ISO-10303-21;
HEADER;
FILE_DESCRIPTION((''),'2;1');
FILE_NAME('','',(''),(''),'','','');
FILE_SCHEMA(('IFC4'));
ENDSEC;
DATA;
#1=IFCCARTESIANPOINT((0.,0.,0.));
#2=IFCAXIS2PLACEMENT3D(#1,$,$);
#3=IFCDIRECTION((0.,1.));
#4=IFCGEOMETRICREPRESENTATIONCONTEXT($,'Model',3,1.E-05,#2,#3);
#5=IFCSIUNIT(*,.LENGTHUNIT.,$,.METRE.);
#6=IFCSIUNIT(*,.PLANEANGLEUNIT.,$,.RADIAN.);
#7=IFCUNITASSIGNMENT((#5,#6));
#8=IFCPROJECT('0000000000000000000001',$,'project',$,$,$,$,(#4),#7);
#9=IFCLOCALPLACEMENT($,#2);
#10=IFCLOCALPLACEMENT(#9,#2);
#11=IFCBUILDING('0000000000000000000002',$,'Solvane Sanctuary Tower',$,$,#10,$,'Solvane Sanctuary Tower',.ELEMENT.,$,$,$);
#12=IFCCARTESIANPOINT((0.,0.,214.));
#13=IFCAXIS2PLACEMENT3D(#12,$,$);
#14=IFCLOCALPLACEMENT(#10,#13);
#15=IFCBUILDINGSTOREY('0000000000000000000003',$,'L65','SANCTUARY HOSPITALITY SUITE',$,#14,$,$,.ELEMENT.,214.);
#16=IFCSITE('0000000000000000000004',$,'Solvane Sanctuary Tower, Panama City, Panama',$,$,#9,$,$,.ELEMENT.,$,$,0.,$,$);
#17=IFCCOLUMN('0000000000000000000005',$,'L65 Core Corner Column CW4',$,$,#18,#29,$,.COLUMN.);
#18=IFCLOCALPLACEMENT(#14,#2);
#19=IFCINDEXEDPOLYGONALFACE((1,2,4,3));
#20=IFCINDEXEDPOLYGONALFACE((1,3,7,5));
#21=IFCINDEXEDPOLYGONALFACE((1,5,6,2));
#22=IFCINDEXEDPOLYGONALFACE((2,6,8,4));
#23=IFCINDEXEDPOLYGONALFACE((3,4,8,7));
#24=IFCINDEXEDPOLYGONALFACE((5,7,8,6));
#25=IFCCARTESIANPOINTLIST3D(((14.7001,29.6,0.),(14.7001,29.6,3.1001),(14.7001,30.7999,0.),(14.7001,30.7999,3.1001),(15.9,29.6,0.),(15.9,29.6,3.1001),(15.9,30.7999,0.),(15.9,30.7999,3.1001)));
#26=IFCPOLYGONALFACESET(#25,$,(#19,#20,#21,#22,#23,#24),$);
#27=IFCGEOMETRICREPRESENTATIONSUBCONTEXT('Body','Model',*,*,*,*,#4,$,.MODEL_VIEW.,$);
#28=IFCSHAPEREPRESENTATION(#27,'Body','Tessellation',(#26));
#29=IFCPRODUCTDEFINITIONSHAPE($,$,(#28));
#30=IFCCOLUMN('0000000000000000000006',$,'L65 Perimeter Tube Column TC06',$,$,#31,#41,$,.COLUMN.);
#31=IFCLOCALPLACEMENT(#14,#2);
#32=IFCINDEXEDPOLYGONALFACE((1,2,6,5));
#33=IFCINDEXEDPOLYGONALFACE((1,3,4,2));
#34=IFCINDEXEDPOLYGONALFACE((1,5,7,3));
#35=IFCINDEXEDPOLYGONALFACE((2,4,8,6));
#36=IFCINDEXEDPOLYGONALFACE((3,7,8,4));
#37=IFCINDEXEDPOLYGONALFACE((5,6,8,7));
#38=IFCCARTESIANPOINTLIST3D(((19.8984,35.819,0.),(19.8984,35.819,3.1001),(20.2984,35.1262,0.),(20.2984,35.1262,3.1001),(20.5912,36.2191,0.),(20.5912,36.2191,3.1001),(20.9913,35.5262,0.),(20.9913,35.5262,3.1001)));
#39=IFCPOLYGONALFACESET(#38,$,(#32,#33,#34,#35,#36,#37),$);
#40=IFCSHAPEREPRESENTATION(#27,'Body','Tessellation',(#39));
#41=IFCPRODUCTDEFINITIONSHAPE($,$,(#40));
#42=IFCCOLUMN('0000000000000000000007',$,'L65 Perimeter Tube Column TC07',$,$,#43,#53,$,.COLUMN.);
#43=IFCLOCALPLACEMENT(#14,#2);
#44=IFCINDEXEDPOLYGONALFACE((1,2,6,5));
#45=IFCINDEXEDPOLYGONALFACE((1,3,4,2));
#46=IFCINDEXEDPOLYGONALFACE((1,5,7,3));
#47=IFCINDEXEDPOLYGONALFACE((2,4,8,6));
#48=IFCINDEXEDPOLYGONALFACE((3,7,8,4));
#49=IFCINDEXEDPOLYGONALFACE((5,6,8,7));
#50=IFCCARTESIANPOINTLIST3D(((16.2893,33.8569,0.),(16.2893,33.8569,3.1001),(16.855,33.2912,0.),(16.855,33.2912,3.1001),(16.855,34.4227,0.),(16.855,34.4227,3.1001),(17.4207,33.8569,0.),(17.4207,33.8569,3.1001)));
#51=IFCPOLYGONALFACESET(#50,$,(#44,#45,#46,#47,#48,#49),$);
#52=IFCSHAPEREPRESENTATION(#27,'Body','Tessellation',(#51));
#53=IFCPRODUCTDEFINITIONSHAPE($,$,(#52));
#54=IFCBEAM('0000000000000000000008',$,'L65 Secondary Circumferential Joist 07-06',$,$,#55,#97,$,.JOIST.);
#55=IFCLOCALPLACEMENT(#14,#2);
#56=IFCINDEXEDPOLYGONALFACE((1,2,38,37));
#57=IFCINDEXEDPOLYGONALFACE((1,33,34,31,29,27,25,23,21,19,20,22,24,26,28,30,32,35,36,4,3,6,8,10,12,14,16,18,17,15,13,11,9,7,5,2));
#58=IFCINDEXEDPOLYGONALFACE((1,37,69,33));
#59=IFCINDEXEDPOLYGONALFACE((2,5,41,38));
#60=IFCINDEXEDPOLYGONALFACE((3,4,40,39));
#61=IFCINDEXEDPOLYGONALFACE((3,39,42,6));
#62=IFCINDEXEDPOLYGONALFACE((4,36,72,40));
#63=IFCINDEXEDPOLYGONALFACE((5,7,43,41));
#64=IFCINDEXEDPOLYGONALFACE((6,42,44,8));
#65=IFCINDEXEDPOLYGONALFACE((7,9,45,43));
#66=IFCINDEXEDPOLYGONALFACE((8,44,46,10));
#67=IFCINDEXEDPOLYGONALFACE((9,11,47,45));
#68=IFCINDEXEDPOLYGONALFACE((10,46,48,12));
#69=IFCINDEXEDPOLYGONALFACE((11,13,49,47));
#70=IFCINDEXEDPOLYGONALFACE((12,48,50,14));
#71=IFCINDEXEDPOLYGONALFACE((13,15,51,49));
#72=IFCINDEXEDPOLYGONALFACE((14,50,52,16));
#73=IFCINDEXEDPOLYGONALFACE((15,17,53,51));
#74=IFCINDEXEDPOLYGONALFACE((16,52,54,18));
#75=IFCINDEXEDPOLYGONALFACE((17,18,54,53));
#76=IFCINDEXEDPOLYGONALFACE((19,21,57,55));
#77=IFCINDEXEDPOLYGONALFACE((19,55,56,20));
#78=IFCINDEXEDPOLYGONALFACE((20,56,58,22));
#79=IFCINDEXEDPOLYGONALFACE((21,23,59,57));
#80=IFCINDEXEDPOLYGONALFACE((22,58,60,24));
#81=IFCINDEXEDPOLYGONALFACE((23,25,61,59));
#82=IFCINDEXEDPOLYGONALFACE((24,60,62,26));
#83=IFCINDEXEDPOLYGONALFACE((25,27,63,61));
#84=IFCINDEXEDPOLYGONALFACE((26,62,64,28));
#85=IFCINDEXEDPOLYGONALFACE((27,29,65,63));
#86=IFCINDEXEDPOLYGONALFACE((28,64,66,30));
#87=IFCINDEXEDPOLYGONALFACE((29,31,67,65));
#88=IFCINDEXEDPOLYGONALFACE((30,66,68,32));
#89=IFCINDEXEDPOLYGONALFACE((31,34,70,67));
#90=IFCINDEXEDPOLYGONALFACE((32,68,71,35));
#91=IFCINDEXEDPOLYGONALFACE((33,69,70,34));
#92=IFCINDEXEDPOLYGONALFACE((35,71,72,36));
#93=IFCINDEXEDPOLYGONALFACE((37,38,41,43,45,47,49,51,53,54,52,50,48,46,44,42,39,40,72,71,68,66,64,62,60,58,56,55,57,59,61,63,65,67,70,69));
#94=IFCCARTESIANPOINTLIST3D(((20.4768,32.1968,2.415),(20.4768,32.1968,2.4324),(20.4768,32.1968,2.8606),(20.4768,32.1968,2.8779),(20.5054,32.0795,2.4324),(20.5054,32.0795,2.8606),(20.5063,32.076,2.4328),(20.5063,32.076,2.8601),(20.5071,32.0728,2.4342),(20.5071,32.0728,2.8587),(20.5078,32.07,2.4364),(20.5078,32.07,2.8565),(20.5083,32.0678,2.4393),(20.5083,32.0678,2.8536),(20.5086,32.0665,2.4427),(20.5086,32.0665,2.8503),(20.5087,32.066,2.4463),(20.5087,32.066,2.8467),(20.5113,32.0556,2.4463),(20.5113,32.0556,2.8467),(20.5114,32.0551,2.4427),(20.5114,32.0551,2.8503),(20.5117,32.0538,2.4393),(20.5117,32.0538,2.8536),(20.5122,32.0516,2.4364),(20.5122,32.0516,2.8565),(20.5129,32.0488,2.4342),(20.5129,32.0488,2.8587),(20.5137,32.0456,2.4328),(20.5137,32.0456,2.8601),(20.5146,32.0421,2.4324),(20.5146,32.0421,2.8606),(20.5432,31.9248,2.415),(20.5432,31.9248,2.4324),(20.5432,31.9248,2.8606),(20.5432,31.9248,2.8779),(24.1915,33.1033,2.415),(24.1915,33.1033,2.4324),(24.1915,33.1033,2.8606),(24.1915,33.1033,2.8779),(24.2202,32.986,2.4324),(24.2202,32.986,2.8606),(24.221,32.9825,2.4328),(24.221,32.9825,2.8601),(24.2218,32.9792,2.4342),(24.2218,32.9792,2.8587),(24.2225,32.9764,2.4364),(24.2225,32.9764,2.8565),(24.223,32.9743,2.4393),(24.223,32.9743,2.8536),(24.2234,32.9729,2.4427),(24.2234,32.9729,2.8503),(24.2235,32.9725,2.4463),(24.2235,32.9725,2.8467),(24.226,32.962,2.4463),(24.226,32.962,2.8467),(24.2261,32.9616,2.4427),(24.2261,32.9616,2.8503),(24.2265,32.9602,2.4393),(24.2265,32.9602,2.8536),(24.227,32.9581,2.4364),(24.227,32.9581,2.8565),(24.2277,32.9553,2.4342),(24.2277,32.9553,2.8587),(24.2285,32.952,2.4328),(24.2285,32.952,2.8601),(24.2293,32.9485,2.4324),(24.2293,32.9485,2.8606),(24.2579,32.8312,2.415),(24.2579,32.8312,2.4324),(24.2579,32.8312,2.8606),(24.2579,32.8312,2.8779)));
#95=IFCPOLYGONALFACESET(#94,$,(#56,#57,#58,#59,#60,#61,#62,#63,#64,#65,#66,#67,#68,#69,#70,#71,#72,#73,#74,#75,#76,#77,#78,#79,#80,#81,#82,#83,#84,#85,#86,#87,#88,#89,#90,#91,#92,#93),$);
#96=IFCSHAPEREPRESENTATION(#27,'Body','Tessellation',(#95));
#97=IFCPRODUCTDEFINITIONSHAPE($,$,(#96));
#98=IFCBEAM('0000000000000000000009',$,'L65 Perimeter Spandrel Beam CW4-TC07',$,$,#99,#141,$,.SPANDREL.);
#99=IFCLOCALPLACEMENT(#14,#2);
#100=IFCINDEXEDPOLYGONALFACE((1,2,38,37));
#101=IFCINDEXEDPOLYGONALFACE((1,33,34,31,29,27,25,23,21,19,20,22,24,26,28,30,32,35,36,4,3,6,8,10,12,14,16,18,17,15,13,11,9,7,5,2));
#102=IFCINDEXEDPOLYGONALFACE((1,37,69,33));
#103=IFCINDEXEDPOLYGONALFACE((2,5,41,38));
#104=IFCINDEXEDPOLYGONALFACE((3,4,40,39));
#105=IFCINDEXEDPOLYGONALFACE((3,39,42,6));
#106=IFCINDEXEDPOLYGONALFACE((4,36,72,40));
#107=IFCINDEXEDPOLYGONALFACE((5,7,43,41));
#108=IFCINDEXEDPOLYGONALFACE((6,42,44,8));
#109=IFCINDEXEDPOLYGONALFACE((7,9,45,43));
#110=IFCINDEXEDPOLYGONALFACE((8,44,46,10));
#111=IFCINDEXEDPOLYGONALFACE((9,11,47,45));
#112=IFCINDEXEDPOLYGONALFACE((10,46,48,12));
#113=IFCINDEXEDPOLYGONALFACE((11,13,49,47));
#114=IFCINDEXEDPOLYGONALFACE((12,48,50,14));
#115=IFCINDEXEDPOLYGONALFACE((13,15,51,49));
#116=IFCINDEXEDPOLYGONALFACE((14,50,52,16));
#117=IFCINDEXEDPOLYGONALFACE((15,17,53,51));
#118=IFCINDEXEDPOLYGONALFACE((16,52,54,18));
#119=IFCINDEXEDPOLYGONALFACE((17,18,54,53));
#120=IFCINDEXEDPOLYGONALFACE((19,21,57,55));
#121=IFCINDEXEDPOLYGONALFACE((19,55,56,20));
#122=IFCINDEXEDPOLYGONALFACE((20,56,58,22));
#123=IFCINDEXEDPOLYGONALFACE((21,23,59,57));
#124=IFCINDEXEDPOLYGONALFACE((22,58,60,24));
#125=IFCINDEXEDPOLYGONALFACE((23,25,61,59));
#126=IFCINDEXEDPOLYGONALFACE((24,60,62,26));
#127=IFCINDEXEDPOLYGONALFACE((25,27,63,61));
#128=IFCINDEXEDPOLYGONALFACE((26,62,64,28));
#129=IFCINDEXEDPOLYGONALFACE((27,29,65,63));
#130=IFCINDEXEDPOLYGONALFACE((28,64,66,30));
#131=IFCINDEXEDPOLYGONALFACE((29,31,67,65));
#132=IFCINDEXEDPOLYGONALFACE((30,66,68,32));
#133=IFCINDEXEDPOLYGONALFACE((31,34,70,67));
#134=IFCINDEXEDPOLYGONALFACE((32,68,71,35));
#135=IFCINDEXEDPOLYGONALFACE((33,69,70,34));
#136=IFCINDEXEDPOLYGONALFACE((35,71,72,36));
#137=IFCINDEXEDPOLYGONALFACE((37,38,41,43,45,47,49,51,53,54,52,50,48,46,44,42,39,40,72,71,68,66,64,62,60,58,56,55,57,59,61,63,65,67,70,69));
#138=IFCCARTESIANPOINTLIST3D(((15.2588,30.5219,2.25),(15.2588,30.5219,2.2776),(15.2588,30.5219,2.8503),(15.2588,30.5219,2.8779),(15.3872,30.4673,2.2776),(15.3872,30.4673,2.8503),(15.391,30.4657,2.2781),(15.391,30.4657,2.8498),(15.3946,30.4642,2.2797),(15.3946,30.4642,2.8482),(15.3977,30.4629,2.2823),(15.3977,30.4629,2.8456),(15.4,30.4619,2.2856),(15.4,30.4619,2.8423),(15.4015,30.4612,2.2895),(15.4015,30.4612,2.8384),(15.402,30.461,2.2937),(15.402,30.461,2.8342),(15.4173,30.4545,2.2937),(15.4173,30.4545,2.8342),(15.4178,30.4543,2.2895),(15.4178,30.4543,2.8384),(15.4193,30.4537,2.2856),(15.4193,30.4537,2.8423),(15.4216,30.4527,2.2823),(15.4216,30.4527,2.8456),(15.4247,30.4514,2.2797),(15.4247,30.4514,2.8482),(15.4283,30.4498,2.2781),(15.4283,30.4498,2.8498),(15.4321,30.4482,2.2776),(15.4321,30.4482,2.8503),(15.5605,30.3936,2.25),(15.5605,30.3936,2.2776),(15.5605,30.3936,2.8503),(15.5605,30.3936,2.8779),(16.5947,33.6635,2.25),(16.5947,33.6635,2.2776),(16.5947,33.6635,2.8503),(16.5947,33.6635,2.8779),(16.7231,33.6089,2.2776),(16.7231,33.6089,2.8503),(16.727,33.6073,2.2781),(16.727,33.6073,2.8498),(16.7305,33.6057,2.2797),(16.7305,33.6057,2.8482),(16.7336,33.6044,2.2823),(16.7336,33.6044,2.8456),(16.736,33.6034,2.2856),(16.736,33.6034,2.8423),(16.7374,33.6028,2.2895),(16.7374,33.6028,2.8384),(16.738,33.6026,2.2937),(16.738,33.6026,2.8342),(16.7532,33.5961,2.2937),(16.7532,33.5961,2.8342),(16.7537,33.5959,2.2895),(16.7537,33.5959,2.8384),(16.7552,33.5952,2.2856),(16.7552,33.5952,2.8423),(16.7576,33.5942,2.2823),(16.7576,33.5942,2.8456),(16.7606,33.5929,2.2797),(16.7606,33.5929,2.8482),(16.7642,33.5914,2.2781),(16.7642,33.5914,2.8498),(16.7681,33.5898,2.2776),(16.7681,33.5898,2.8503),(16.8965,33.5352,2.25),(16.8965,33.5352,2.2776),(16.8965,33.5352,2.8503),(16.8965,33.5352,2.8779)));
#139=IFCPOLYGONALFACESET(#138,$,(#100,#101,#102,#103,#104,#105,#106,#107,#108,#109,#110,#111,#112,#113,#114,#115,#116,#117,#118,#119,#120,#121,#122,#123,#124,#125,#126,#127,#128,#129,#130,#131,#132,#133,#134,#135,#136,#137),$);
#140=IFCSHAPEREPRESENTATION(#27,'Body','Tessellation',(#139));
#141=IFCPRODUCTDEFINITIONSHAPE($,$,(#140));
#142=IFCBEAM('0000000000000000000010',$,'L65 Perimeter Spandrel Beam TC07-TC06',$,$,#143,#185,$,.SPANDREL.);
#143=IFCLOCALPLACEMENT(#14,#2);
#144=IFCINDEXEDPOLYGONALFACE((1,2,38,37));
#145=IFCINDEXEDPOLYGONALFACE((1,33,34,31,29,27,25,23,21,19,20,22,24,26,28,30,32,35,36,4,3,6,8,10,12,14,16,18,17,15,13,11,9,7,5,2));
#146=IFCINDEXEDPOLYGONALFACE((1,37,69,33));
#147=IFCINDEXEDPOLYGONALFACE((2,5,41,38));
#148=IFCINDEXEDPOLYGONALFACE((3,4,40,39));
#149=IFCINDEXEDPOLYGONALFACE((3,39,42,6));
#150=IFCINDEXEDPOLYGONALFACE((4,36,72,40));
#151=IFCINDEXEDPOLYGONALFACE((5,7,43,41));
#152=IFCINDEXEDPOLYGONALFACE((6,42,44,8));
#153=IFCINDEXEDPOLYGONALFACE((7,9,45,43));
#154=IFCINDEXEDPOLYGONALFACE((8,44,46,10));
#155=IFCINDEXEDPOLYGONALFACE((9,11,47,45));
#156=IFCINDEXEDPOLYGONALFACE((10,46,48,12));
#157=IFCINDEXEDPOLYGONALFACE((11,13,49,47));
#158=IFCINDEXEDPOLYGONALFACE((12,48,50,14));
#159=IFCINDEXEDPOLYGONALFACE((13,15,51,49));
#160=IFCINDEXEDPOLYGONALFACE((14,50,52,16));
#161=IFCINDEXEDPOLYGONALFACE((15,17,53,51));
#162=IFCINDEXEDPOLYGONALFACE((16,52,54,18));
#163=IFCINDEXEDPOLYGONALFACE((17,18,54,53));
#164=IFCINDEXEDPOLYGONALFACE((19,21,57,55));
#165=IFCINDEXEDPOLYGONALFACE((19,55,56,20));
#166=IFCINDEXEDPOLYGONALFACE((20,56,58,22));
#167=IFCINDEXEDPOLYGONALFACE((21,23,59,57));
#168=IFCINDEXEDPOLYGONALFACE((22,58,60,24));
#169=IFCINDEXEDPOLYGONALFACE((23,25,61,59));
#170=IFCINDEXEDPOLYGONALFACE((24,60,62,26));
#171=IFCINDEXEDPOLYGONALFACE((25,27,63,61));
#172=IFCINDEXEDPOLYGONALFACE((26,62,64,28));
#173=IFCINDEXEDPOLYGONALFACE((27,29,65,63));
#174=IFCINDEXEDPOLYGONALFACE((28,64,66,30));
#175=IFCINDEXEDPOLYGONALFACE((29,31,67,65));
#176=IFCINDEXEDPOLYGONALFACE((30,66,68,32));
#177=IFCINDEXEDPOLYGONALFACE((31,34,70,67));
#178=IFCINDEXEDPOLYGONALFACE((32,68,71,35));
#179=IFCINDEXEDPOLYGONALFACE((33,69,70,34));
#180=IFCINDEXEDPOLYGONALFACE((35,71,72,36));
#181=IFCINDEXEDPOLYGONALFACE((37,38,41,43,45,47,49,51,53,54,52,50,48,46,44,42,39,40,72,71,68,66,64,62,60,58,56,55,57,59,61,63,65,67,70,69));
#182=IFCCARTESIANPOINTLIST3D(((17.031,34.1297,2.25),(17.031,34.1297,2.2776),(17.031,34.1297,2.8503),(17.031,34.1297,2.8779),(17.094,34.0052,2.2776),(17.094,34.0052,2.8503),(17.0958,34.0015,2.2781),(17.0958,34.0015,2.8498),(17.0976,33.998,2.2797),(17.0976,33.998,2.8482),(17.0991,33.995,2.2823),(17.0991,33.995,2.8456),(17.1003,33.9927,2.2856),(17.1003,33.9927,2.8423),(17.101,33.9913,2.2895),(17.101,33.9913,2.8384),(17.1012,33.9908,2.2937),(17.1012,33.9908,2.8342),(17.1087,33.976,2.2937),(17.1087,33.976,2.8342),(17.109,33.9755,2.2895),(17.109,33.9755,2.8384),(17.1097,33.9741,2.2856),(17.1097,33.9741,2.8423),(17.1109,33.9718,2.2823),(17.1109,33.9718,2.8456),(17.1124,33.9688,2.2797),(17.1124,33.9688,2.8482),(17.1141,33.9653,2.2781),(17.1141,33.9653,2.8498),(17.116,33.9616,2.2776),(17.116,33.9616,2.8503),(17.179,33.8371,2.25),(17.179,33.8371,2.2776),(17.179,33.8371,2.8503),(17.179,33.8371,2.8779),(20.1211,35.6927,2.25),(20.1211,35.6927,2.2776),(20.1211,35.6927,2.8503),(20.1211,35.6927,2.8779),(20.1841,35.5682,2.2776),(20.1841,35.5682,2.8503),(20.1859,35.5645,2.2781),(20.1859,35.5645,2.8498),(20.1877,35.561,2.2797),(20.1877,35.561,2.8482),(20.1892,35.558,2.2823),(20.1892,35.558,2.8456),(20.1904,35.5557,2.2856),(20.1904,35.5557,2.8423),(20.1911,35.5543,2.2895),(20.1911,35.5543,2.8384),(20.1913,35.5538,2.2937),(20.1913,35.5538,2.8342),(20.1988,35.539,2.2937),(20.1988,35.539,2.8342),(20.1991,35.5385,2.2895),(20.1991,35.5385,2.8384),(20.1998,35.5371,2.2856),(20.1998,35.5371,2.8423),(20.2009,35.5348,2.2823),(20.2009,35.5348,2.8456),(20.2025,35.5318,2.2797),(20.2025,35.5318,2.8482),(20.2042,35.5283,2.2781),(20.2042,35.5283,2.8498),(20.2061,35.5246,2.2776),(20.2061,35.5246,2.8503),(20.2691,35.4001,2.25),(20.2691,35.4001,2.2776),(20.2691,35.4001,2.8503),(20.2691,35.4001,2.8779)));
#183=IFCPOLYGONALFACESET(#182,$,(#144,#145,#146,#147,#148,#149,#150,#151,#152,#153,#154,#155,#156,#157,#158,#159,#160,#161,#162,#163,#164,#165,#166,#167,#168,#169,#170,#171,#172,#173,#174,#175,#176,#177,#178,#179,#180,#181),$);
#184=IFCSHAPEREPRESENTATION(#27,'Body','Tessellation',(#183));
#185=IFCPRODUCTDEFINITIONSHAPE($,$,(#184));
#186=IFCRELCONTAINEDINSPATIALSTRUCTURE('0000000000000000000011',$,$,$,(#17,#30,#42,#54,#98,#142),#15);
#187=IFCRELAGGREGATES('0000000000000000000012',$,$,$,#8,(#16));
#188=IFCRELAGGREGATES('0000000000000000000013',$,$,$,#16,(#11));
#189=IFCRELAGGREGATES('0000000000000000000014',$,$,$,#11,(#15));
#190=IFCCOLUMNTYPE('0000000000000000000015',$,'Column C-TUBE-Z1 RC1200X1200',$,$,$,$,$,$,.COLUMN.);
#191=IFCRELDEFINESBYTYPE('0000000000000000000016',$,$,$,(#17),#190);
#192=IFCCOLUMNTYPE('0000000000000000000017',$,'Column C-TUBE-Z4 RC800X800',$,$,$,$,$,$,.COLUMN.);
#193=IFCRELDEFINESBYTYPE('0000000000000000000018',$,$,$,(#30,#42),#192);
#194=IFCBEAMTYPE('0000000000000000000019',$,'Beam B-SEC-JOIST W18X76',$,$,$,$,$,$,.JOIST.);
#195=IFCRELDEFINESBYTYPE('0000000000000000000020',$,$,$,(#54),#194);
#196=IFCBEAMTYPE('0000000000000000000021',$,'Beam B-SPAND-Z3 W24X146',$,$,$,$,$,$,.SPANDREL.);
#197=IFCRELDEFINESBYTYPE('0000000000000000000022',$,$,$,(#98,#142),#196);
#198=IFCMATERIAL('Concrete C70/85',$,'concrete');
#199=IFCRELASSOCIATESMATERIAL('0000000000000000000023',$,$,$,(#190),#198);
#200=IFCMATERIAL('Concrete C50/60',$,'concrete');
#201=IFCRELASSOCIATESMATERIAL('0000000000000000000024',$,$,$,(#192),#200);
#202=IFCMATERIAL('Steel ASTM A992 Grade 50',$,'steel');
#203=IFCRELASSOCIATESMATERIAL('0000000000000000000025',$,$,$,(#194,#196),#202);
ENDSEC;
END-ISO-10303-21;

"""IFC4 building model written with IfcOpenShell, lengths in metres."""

from ifc_helpers import new_model, si_unit, direction, frame, origin, origin_2d, place, context, subcontext, project, spatial, rectangle, i_section, extrude, material, material_profile, profile_set, type_object, element, save


model = new_model("IFC4")

# Units and contexts
model_context = context("Model", 3, precision=1e-05, world=origin(), true_north=direction((0.0, 1.0)))
body_context = subcontext(model_context, "Body", "Model", "MODEL_VIEW")
ifc_project = project(units=[si_unit("LENGTHUNIT", "METRE"), si_unit("PLANEANGLEUNIT", "RADIAN")], contexts=[model_context])

# Site, building, storey
site_placement = place(None, origin())
site = spatial("IfcSite", under=ifc_project, at=site_placement, Name="Solvane Sanctuary Tower, Panama City, Panama", CompositionType="ELEMENT", RefElevation=0.0)
building_placement = place(site_placement, origin())
building = spatial("IfcBuilding", under=site, at=building_placement, Name="Solvane Sanctuary Tower", LongName="Solvane Sanctuary Tower", CompositionType="ELEMENT")
storey_placement = place(building_placement, frame((0.0, 0.0, 214.0)))
storey = spatial("IfcBuildingStorey", under=building, at=storey_placement, Name="L65", Description="SANCTUARY HOSPITALITY SUITE", CompositionType="ELEMENT", Elevation=214.0)

# Columns
ifc_material_1 = material(Name="Concrete C70/85", Category="concrete")
ifc_material_profile_1 = material_profile(ifc_material_1, rectangle(XDim=1.2, YDim=1.2, at=origin_2d()), Name="RC1200X1200")
ifc_profile_set_1 = profile_set([ifc_material_profile_1], Name="Concrete C70/85")
column_type_1 = type_object("IfcColumnType", Name="Column C-TUBE-Z1 RC1200X1200", PredefinedType="COLUMN", material=ifc_profile_set_1)
column_placement = place(storey_placement, frame((15.3, 30.2, 0.0), z_axis=(0.0, 0.0, 1.0), x_axis=(1.0, 0.0, 0.0)))
element("IfcColumn", 1, at=column_placement, inside=storey, type_object=column_type_1, Name="L65 Core Corner Column CW4", PredefinedType="COLUMN", context=body_context, shape_type="SweptSolid", body=[
    extrude(rectangle(XDim=1.2, YDim=1.2, at=origin_2d()), origin(), (0.0, 0.0, 1.0), 3.1001),
])
ifc_material_2 = material(Name="Concrete C50/60", Category="concrete")
ifc_material_profile_2 = material_profile(ifc_material_2, rectangle(XDim=0.8, YDim=0.8, at=origin_2d()), Name="RC800X800")
ifc_profile_set_2 = profile_set([ifc_material_profile_2], Name="Concrete C50/60")
column_type_2 = type_object("IfcColumnType", Name="Column C-TUBE-Z4 RC800X800", PredefinedType="COLUMN", material=ifc_profile_set_2)
for number, where, z_axis, x_axis, name in (
    (2, (20.4448, 35.6726, 0.0), (0.0, 0.0, 1.0), (-0.5, 0.866025, 0.0), "L65 Perimeter Tube Column TC06"),
    (3, (16.855, 33.8569, 0.0), (0.0, 0.0, 1.0), (-0.707107, 0.707107, 0.0), "L65 Perimeter Tube Column TC07"),
):
    element("IfcColumn", number, at=place(storey_placement, frame(where, z_axis=z_axis, x_axis=x_axis)), inside=storey, type_object=column_type_2, Name=name, PredefinedType="COLUMN", context=body_context, shape_type="SweptSolid", body=[
        extrude(rectangle(XDim=0.8, YDim=0.8, at=origin_2d()), origin(), (0.0, 0.0, 1.0), 3.1001),
    ])

# Beams
ifc_material_3 = material(Name="Steel ASTM A992 Grade 50", Category="steel")
ifc_material_profile_3 = material_profile(ifc_material_3, i_section(OverallWidth=0.28, OverallDepth=0.4629, WebThickness=0.0107, FlangeThickness=0.0173, FilletRadius=0.0139, at=origin_2d()), Name="W18X76")
ifc_profile_set_3 = profile_set([ifc_material_profile_3], Name="Steel ASTM A992 Grade 50")
beam_type_1 = type_object("IfcBeamType", Name="Beam B-SEC-JOIST W18X76", PredefinedType="JOIST", material=ifc_profile_set_3)
beam_1_placement = place(storey_placement, frame((20.51, 32.0608, 2.6465), z_axis=(0.971494, 0.237063, 0.0), x_axis=(-0.237063, 0.971494, 0.0)))
element("IfcBeam", 4, at=beam_1_placement, inside=storey, type_object=beam_type_1, Name="L65 Secondary Circumferential Joist 07-06", PredefinedType="JOIST", context=body_context, shape_type="SweptSolid", body=[
    extrude(i_section(OverallWidth=0.28, OverallDepth=0.4629, WebThickness=0.0107, FlangeThickness=0.0173, FilletRadius=0.0139, at=origin_2d()), origin(), (0.0, 0.0, 1.0), 3.8237),
])
ifc_material_profile_4 = material_profile(ifc_material_3, i_section(OverallWidth=0.3279, OverallDepth=0.6279, WebThickness=0.0166, FlangeThickness=0.0276, FilletRadius=0.0161, at=origin_2d()), Name="W24X146")
ifc_profile_set_4 = profile_set([ifc_material_profile_4], Name="Steel ASTM A992 Grade 50")
beam_type_2 = type_object("IfcBeamType", Name="Beam B-SPAND-Z3 W24X146", PredefinedType="SPANDREL", material=ifc_profile_set_4)
beam_2_placement = place(storey_placement, frame((15.4097, 30.4578, 2.564), z_axis=(0.391328, 0.920251, 0.0), x_axis=(-0.920251, 0.391328, 0.0)))
element("IfcBeam", 5, at=beam_2_placement, inside=storey, type_object=beam_type_2, Name="L65 Perimeter Spandrel Beam CW4-TC07", PredefinedType="SPANDREL", context=body_context, shape_type="SweptSolid", body=[
    extrude(i_section(OverallWidth=0.3279, OverallDepth=0.6279, WebThickness=0.0166, FlangeThickness=0.0276, FilletRadius=0.0161, at=origin_2d()), origin(), (0.0, 0.0, 1.0), 3.4138),
])
beam_3_placement = place(storey_placement, frame((17.105, 33.9834, 2.564), z_axis=(0.892345, 0.451354, 0.0), x_axis=(-0.451354, 0.892345, 0.0)))
element("IfcBeam", 6, at=beam_3_placement, inside=storey, type_object=beam_type_2, Name="L65 Perimeter Spandrel Beam TC07-TC06", PredefinedType="SPANDREL", context=body_context, shape_type="SweptSolid", body=[
    extrude(i_section(OverallWidth=0.3279, OverallDepth=0.6279, WebThickness=0.0166, FlangeThickness=0.0276, FilletRadius=0.0161, at=origin_2d()), origin(), (0.0, 0.0, 1.0), 3.4629),
])

save(model, "model.ifc")
